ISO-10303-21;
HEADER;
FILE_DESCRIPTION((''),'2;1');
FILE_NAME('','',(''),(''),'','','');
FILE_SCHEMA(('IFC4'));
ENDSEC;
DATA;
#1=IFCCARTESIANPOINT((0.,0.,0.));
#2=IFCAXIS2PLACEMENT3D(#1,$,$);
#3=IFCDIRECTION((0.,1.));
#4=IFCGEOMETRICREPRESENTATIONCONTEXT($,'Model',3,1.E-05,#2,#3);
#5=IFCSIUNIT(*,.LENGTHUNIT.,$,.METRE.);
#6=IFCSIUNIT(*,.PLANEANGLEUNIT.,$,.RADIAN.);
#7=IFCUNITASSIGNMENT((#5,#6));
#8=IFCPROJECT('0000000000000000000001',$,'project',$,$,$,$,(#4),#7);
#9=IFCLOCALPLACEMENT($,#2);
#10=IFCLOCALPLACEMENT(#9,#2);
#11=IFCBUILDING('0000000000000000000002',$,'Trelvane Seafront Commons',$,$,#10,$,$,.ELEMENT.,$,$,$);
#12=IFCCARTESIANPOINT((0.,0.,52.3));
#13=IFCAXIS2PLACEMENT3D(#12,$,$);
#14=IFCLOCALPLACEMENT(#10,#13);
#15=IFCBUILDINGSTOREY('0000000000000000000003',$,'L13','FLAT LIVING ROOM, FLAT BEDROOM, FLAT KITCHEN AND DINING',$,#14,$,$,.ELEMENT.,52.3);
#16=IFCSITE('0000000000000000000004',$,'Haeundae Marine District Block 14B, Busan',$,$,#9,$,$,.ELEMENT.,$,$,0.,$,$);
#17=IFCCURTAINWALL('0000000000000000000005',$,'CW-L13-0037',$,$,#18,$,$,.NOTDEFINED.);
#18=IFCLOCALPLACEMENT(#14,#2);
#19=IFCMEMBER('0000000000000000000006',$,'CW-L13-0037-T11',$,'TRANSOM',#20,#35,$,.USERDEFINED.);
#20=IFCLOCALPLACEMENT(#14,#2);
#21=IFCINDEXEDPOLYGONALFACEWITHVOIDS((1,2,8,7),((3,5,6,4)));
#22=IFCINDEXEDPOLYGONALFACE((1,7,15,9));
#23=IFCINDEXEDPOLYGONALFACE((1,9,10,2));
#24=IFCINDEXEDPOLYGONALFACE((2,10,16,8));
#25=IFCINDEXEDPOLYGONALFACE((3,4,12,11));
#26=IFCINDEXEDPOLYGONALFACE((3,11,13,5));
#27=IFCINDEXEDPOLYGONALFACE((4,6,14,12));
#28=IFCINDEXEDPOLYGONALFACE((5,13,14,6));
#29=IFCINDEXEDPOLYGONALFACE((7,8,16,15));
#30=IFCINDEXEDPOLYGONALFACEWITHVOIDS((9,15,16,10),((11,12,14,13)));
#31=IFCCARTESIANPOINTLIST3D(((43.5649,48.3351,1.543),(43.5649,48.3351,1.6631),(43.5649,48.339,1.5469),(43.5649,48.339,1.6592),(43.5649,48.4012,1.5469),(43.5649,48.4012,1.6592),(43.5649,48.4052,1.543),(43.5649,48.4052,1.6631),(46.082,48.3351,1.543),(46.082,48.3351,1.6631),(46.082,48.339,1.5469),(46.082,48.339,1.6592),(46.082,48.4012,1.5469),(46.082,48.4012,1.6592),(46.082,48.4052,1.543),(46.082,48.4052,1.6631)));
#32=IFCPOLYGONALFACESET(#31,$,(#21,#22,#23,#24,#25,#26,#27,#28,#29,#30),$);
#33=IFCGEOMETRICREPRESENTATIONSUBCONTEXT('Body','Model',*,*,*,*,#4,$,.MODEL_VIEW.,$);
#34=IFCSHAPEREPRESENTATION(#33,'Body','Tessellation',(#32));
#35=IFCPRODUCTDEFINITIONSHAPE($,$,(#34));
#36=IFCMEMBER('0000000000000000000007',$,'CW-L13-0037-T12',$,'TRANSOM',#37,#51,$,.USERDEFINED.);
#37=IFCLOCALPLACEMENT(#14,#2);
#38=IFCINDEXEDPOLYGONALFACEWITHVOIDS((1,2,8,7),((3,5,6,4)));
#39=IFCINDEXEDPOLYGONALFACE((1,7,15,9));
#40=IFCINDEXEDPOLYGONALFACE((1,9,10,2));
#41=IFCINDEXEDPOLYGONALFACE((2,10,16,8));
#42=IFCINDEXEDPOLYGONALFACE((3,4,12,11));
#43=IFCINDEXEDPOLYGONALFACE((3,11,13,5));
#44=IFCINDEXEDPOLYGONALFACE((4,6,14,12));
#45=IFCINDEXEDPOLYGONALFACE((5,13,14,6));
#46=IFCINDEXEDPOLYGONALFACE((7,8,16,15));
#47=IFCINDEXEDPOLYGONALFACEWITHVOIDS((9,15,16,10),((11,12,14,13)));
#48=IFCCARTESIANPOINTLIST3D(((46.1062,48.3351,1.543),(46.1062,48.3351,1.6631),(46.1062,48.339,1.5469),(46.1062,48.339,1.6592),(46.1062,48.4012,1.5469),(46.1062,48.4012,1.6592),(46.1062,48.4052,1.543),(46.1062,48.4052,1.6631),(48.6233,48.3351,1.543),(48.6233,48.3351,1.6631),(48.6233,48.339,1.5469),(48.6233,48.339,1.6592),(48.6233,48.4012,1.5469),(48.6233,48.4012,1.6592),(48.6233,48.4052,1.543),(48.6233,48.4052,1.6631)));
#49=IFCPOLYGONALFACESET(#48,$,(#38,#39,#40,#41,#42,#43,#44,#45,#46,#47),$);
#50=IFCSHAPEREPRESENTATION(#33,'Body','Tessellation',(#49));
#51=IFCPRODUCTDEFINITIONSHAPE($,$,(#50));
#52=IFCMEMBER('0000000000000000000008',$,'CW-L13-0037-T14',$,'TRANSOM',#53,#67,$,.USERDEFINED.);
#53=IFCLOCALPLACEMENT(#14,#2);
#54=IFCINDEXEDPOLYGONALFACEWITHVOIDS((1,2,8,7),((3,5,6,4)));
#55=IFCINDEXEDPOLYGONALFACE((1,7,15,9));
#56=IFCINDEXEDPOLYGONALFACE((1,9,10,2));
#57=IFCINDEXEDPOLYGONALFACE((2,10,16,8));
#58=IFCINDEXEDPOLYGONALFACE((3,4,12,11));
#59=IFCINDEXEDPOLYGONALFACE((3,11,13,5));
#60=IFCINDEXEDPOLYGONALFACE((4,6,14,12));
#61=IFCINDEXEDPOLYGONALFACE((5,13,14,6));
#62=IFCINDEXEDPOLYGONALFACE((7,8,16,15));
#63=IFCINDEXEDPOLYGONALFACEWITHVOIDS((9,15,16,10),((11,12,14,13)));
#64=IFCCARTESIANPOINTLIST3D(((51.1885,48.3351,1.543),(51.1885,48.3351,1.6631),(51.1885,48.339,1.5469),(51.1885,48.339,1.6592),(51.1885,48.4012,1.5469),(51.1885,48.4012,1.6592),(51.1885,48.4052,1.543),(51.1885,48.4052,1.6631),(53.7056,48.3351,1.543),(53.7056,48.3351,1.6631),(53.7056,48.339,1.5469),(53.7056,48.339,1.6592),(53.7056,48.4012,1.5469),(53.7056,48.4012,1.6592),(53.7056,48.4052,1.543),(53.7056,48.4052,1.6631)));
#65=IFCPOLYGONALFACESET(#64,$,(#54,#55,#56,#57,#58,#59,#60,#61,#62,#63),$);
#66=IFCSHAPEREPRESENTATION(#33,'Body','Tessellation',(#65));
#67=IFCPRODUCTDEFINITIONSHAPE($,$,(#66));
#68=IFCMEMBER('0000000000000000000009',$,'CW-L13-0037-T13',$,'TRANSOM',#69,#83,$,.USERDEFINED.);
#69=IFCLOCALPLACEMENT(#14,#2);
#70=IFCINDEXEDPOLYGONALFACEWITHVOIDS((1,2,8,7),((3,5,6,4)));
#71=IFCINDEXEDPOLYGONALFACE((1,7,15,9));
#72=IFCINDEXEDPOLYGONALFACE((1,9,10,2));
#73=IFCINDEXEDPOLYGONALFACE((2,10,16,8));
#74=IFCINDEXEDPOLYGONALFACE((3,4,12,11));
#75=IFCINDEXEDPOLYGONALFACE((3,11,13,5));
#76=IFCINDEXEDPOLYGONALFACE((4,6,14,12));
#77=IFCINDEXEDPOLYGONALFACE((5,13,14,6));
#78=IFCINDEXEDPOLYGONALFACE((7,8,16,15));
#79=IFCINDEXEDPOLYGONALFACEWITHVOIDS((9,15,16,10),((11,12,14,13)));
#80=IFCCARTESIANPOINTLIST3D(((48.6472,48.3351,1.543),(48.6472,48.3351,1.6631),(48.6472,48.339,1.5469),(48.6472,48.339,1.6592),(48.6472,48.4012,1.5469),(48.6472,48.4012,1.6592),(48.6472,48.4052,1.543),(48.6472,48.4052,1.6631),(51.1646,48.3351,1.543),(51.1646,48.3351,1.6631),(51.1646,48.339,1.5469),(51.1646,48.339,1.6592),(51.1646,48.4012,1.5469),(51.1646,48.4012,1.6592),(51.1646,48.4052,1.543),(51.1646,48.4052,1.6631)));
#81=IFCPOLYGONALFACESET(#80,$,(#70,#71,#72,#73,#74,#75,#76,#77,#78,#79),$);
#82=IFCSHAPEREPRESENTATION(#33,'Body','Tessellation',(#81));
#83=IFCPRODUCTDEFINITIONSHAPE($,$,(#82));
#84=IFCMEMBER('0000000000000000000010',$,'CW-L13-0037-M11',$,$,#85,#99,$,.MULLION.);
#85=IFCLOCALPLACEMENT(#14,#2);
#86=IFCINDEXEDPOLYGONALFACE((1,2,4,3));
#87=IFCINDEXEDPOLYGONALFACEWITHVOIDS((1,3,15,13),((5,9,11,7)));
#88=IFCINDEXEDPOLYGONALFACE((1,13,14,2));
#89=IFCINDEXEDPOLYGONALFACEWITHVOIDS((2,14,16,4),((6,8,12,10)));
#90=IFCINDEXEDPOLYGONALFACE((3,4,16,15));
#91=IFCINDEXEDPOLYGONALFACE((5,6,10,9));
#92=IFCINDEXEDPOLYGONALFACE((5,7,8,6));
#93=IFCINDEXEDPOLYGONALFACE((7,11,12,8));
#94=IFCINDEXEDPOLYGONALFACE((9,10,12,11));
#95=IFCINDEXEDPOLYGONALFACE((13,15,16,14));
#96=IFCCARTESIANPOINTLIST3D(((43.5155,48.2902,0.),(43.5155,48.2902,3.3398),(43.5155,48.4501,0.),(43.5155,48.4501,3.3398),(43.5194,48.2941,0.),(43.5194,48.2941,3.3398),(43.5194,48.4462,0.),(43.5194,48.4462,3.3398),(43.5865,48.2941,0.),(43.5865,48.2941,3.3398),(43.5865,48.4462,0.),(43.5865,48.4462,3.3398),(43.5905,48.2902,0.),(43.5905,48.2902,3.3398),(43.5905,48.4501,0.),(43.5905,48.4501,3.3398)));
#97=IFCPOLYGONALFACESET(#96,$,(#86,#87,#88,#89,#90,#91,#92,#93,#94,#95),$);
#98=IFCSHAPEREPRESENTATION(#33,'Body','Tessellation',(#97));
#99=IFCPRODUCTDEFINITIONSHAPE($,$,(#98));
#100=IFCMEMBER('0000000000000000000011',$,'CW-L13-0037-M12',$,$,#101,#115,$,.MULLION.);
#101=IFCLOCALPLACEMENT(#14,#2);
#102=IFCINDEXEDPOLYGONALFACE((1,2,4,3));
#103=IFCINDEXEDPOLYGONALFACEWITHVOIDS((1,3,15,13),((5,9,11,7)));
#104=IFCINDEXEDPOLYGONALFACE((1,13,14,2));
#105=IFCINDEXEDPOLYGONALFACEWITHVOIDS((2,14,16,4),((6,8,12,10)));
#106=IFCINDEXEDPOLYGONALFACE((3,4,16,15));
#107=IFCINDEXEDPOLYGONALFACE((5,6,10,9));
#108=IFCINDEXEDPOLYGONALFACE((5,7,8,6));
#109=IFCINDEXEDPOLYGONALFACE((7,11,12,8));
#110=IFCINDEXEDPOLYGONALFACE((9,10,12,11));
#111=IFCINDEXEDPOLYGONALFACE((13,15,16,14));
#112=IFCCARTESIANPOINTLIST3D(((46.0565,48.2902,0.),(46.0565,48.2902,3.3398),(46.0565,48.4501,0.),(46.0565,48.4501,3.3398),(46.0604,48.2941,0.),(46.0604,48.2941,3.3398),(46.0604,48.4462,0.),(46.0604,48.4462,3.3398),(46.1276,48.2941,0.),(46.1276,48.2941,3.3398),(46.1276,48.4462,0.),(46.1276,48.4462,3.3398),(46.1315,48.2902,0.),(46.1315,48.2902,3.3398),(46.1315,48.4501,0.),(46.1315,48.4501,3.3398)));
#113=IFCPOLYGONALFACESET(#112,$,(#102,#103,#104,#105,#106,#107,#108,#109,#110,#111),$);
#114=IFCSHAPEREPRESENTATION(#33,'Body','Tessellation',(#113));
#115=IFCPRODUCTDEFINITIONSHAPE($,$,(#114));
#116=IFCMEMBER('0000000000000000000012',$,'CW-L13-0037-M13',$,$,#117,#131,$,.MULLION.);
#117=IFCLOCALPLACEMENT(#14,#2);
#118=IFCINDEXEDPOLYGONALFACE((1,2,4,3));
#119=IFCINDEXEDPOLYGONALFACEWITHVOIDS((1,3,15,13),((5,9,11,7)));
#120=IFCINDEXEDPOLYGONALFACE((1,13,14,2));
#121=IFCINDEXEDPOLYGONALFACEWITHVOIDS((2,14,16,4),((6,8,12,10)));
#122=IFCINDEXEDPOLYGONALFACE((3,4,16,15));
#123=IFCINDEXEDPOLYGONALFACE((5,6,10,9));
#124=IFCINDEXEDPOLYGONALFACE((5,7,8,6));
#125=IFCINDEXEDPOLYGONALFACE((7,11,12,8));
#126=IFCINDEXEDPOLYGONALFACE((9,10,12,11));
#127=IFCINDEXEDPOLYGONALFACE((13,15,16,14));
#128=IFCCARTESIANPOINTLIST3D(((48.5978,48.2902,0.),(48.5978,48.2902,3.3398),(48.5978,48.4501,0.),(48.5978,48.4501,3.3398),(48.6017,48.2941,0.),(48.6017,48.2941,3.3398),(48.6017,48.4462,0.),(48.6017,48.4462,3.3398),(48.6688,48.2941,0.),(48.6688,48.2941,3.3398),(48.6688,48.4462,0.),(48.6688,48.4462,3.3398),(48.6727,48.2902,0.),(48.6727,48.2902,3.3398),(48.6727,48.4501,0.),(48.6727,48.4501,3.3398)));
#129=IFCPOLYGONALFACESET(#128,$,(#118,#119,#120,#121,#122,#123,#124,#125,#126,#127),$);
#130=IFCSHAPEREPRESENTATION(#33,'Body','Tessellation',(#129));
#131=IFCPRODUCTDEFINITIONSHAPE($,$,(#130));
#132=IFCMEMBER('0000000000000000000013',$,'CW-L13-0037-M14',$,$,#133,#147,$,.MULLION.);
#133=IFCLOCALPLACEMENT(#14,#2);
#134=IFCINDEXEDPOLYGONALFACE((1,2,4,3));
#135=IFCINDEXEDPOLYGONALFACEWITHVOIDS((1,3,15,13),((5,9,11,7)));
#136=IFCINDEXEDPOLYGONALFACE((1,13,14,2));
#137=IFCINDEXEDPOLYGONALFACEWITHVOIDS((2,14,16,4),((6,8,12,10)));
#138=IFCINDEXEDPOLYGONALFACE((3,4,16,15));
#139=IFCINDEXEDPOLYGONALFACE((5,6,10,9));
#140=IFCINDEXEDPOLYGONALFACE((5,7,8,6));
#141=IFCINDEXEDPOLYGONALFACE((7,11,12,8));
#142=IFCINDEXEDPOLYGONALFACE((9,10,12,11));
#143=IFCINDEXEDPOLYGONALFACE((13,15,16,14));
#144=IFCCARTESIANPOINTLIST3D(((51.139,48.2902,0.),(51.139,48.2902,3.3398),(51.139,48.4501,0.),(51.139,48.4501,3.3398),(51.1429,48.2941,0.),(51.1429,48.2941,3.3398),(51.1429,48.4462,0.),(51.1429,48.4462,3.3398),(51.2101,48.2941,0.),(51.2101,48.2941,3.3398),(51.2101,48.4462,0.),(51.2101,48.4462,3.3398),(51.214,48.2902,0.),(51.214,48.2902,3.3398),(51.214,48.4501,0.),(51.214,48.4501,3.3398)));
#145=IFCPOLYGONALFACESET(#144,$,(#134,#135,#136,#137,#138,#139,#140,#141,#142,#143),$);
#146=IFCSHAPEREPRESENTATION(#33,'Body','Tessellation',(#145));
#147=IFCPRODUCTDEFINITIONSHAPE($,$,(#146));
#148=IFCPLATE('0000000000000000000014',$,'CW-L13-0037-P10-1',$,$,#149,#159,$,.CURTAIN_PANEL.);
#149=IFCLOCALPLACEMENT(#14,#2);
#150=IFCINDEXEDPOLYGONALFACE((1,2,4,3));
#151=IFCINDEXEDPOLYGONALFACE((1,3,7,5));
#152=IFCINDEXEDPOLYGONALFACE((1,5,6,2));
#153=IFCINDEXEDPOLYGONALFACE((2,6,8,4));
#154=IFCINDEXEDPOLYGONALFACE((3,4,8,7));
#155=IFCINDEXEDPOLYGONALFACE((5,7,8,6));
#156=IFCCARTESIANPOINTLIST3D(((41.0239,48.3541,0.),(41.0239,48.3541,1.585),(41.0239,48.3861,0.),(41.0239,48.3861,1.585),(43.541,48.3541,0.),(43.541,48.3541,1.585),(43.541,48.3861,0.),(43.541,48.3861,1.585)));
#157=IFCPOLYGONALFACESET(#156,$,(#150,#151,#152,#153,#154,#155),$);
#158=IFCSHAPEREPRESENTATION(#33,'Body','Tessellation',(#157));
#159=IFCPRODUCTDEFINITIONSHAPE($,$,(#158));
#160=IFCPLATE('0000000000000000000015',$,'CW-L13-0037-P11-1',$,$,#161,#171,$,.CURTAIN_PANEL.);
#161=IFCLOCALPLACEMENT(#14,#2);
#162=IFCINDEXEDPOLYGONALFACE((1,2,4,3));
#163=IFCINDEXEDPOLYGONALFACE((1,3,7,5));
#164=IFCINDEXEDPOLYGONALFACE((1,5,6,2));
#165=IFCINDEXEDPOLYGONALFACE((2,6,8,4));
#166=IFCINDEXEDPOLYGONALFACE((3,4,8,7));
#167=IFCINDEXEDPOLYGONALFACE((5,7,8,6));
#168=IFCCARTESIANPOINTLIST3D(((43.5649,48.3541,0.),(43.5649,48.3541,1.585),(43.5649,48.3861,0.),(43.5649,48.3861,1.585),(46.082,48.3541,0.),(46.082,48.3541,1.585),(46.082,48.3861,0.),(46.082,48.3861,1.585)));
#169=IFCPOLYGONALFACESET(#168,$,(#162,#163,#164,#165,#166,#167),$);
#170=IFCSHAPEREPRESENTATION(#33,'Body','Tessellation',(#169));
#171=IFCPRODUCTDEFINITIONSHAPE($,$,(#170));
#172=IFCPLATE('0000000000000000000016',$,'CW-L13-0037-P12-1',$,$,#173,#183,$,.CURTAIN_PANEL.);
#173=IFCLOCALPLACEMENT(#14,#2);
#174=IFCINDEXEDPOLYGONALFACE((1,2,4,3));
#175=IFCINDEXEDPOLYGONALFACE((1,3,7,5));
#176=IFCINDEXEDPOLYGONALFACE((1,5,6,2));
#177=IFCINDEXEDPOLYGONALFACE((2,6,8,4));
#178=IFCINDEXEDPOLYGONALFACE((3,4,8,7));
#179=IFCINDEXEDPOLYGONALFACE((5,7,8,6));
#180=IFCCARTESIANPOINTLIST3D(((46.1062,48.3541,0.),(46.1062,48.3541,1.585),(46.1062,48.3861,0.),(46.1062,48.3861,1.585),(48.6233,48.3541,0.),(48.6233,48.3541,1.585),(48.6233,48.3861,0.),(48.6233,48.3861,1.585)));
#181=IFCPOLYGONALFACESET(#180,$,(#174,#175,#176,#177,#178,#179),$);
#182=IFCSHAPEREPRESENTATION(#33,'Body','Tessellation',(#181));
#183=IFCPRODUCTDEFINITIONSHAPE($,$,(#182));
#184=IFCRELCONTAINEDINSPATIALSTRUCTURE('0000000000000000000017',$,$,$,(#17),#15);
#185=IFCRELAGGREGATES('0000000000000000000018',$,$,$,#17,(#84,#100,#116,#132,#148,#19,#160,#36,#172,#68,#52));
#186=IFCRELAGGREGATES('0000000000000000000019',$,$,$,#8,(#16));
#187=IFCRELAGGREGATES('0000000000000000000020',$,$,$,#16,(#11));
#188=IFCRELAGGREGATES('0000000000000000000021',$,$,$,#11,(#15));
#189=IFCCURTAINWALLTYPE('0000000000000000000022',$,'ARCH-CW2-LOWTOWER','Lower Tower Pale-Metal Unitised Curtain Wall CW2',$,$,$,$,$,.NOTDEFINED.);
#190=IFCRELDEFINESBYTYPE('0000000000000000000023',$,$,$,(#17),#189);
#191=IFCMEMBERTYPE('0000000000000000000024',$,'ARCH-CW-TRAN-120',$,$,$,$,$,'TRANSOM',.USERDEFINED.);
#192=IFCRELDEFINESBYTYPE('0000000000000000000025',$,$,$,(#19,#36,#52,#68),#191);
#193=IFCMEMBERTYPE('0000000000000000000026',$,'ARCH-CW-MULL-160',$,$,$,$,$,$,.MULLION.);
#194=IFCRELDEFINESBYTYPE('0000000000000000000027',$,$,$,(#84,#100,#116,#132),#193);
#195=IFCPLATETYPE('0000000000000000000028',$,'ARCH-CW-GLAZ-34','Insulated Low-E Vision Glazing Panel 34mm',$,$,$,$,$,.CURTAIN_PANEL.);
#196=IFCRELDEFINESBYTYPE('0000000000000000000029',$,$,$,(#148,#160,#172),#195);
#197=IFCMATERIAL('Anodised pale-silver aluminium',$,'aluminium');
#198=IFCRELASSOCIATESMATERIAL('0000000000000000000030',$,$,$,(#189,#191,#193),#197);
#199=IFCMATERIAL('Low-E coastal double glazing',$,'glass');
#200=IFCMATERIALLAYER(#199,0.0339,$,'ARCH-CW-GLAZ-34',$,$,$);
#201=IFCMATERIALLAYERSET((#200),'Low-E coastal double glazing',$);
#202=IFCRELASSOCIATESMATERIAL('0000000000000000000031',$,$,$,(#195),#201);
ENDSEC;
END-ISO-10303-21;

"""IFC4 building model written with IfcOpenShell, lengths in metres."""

from ifc_helpers import new_model, si_unit, direction, frame, origin, origin_2d, place, context, subcontext, project, spatial, rectangle, hollow_rectangle, extrude, source, transform, mapped, material, layer, layer_set, material_profile, profile_set, type_object, element, aggregate, save


model = new_model("IFC4")

# Units and contexts
model_context = context("Model", 3, precision=1e-05, world=origin(), true_north=direction((0.0, 1.0)))
body_context = subcontext(model_context, "Body", "Model", "MODEL_VIEW")
ifc_project = project(units=[si_unit("LENGTHUNIT", "METRE"), si_unit("PLANEANGLEUNIT", "RADIAN")], contexts=[model_context])

# Site, building, storey
site_placement = place(None, origin())
site = spatial("IfcSite", under=ifc_project, at=site_placement, Name="Haeundae Marine District Block 14B, Busan", CompositionType="ELEMENT", RefElevation=0.0)
building_placement = place(site_placement, origin())
building = spatial("IfcBuilding", under=site, at=building_placement, Name="Trelvane Seafront Commons", CompositionType="ELEMENT")
storey_placement = place(building_placement, frame((0.0, 0.0, 52.3)))
storey = spatial("IfcBuildingStorey", under=building, at=storey_placement, Name="L13", Description="FLAT LIVING ROOM, FLAT BEDROOM, FLAT KITCHEN AND DINING", CompositionType="ELEMENT", Elevation=52.3)

# Curtain wall, members, plates
ifc_material_1 = material(Name="Anodised pale-silver aluminium", Category="aluminium")
curtain_wall_type = type_object("IfcCurtainWallType", Name="ARCH-CW2-LOWTOWER", Description="Lower Tower Pale-Metal Unitised Curtain Wall CW2", PredefinedType="NOTDEFINED", material=ifc_material_1)
curtain_wall_placement = place(storey_placement, origin())
curtain_wall = element("IfcCurtainWall", 1, at=curtain_wall_placement, inside=storey, type_object=curtain_wall_type, Name="CW-L13-0037", PredefinedType="NOTDEFINED")
ifc_material_profile_1 = material_profile(ifc_material_1, hollow_rectangle(XDim=0.0701, YDim=0.1201, WallThickness=0.0039, at=origin_2d()), Name="TRAN-70x120x4")
ifc_profile_set_1 = profile_set([ifc_material_profile_1], Name="Anodised pale-silver aluminium")
member_type_1 = type_object("IfcMemberType", Name="ARCH-CW-TRAN-120", ElementType="TRANSOM", PredefinedType="USERDEFINED", material=ifc_profile_set_1)
shared_shape_1 = source(origin(), body_context, "Body", "SweptSolid", [
    extrude(hollow_rectangle(XDim=0.0701, YDim=0.1201, WallThickness=0.0039, at=origin_2d()), origin(), (0.0, 0.0, 1.0), 2.5171),
])
member_1_placement = place(storey_placement, frame((43.5649, 48.3701, 1.603), z_axis=(1.0, 0.0, 0.0), x_axis=(0.0, 1.0, 0.0)))
member_1 = element("IfcMember", 2, at=member_1_placement, type_object=member_type_1, Name="CW-L13-0037-T11", ObjectType="TRANSOM", PredefinedType="USERDEFINED", context=body_context, shape_type="MappedRepresentation", body=[
    mapped(shared_shape_1, transform((0.0, 0.0, 0.0), x_axis=(1.0, 0.0, 0.0), y_axis=(0.0, 1.0, 0.0), z_axis=(0.0, 0.0, 1.0), scale=1.0)),
])
member_2_placement = place(storey_placement, frame((46.1062, 48.3701, 1.603), z_axis=(1.0, 0.0, 0.0), x_axis=(0.0, 1.0, 0.0)))
member_2 = element("IfcMember", 3, at=member_2_placement, type_object=member_type_1, Name="CW-L13-0037-T12", ObjectType="TRANSOM", PredefinedType="USERDEFINED", context=body_context, shape_type="MappedRepresentation", body=[
    mapped(shared_shape_1, transform((0.0, 0.0, 0.0), x_axis=(1.0, 0.0, 0.0), y_axis=(0.0, 1.0, 0.0), z_axis=(0.0, 0.0, 1.0), scale=1.0)),
])
member_3_placement = place(storey_placement, frame((51.1885, 48.3701, 1.603), z_axis=(1.0, 0.0, 0.0), x_axis=(0.0, 1.0, 0.0)))
member_3 = element("IfcMember", 4, at=member_3_placement, type_object=member_type_1, Name="CW-L13-0037-T14", ObjectType="TRANSOM", PredefinedType="USERDEFINED", context=body_context, shape_type="MappedRepresentation", body=[
    mapped(shared_shape_1, transform((0.0, 0.0, 0.0), x_axis=(1.0, 0.0, 0.0), y_axis=(0.0, 1.0, 0.0), z_axis=(0.0, 0.0, 1.0), scale=1.0)),
])
shared_shape_2 = source(origin(), body_context, "Body", "SweptSolid", [
    extrude(hollow_rectangle(XDim=0.0701, YDim=0.1201, WallThickness=0.0039, at=origin_2d()), origin(), (0.0, 0.0, 1.0), 2.5173),
])
member_4_placement = place(storey_placement, frame((48.6472, 48.3701, 1.603), z_axis=(1.0, 0.0, 0.0), x_axis=(0.0, 1.0, 0.0)))
member_4 = element("IfcMember", 5, at=member_4_placement, type_object=member_type_1, Name="CW-L13-0037-T13", ObjectType="TRANSOM", PredefinedType="USERDEFINED", context=body_context, shape_type="MappedRepresentation", body=[
    mapped(shared_shape_2, transform((0.0, 0.0, 0.0), x_axis=(1.0, 0.0, 0.0), y_axis=(0.0, 1.0, 0.0), z_axis=(0.0, 0.0, 1.0), scale=1.0)),
])
ifc_material_profile_2 = material_profile(ifc_material_1, hollow_rectangle(XDim=0.075, YDim=0.1599, WallThickness=0.0039, at=origin_2d()), Name="MULL-75x160x4")
ifc_profile_set_2 = profile_set([ifc_material_profile_2], Name="Anodised pale-silver aluminium")
member_type_2 = type_object("IfcMemberType", Name="ARCH-CW-MULL-160", PredefinedType="MULLION", material=ifc_profile_set_2)
shared_shape_3 = source(origin(), body_context, "Body", "SweptSolid", [
    extrude(hollow_rectangle(XDim=0.075, YDim=0.1599, WallThickness=0.0039, at=origin_2d()), origin(), (0.0, 0.0, 1.0), 3.3398),
])
member_5_placement = place(storey_placement, frame((43.553, 48.3701, 0.0), z_axis=(0.0, 0.0, 1.0), x_axis=(1.0, 0.0, 0.0)))
member_5 = element("IfcMember", 6, at=member_5_placement, type_object=member_type_2, Name="CW-L13-0037-M11", PredefinedType="MULLION", context=body_context, shape_type="MappedRepresentation", body=[
    mapped(shared_shape_3, transform((0.0, 0.0, 0.0), x_axis=(1.0, 0.0, 0.0), y_axis=(0.0, 1.0, 0.0), z_axis=(0.0, 0.0, 1.0), scale=1.0)),
])
member_6_placement = place(storey_placement, frame((46.094, 48.3701, 0.0), z_axis=(0.0, 0.0, 1.0), x_axis=(1.0, 0.0, 0.0)))
member_6 = element("IfcMember", 7, at=member_6_placement, type_object=member_type_2, Name="CW-L13-0037-M12", PredefinedType="MULLION", context=body_context, shape_type="MappedRepresentation", body=[
    mapped(shared_shape_3, transform((0.0, 0.0, 0.0), x_axis=(1.0, 0.0, 0.0), y_axis=(0.0, 1.0, 0.0), z_axis=(0.0, 0.0, 1.0), scale=1.0)),
])
member_7_placement = place(storey_placement, frame((48.6353, 48.3701, 0.0), z_axis=(0.0, 0.0, 1.0), x_axis=(1.0, 0.0, 0.0)))
member_7 = element("IfcMember", 8, at=member_7_placement, type_object=member_type_2, Name="CW-L13-0037-M13", PredefinedType="MULLION", context=body_context, shape_type="MappedRepresentation", body=[
    mapped(shared_shape_3, transform((0.0, 0.0, 0.0), x_axis=(1.0, 0.0, 0.0), y_axis=(0.0, 1.0, 0.0), z_axis=(0.0, 0.0, 1.0), scale=1.0)),
])
member_8_placement = place(storey_placement, frame((51.1765, 48.3701, 0.0), z_axis=(0.0, 0.0, 1.0), x_axis=(1.0, 0.0, 0.0)))
member_8 = element("IfcMember", 9, at=member_8_placement, type_object=member_type_2, Name="CW-L13-0037-M14", PredefinedType="MULLION", context=body_context, shape_type="MappedRepresentation", body=[
    mapped(shared_shape_3, transform((0.0, 0.0, 0.0), x_axis=(1.0, 0.0, 0.0), y_axis=(0.0, 1.0, 0.0), z_axis=(0.0, 0.0, 1.0), scale=1.0)),
])
ifc_material_2 = material(Name="Low-E coastal double glazing", Category="glass")
ifc_layer_1 = layer(ifc_material_2, 0.0339, Name="ARCH-CW-GLAZ-34")
ifc_layer_set_1 = layer_set([ifc_layer_1], Name="Low-E coastal double glazing")
plate_type_1 = type_object("IfcPlateType", Name="ARCH-CW-GLAZ-34", Description="Insulated Low-E Vision Glazing Panel 34mm", PredefinedType="CURTAIN_PANEL", material=ifc_layer_set_1)
shared_shape_4 = source(origin(), body_context, "Body", "SweptSolid", [
    extrude(rectangle(XDim=2.5171, YDim=0.032, at=origin_2d()), origin(), (0.0, 0.0, 1.0), 1.585),
])
plate_1_placement = place(storey_placement, frame((42.2825, 48.3701, 0.0), z_axis=(0.0, 0.0, 1.0), x_axis=(1.0, 0.0, 0.0)))
plate_1 = element("IfcPlate", 10, at=plate_1_placement, type_object=plate_type_1, Name="CW-L13-0037-P10-1", PredefinedType="CURTAIN_PANEL", context=body_context, shape_type="MappedRepresentation", body=[
    mapped(shared_shape_4, transform((0.0, 0.0, 0.0), x_axis=(1.0, 0.0, 0.0), y_axis=(0.0, 1.0, 0.0), z_axis=(0.0, 0.0, 1.0), scale=1.0)),
])
plate_2_placement = place(storey_placement, frame((44.8235, 48.3701, 0.0), z_axis=(0.0, 0.0, 1.0), x_axis=(1.0, 0.0, 0.0)))
plate_2 = element("IfcPlate", 11, at=plate_2_placement, type_object=plate_type_1, Name="CW-L13-0037-P11-1", PredefinedType="CURTAIN_PANEL", context=body_context, shape_type="MappedRepresentation", body=[
    mapped(shared_shape_4, transform((0.0, 0.0, 0.0), x_axis=(1.0, 0.0, 0.0), y_axis=(0.0, 1.0, 0.0), z_axis=(0.0, 0.0, 1.0), scale=1.0)),
])
plate_3_placement = place(storey_placement, frame((47.3647, 48.3701, 0.0), z_axis=(0.0, 0.0, 1.0), x_axis=(1.0, 0.0, 0.0)))
plate_3 = element("IfcPlate", 12, at=plate_3_placement, type_object=plate_type_1, Name="CW-L13-0037-P12-1", PredefinedType="CURTAIN_PANEL", context=body_context, shape_type="MappedRepresentation", body=[
    mapped(shared_shape_4, transform((0.0, 0.0, 0.0), x_axis=(1.0, 0.0, 0.0), y_axis=(0.0, 1.0, 0.0), z_axis=(0.0, 0.0, 1.0), scale=1.0)),
])
aggregate(curtain_wall, [member_5, member_6, member_7, member_8, plate_1, member_1, plate_2, member_2, plate_3, member_4, member_3])

save(model, "model.ifc")
